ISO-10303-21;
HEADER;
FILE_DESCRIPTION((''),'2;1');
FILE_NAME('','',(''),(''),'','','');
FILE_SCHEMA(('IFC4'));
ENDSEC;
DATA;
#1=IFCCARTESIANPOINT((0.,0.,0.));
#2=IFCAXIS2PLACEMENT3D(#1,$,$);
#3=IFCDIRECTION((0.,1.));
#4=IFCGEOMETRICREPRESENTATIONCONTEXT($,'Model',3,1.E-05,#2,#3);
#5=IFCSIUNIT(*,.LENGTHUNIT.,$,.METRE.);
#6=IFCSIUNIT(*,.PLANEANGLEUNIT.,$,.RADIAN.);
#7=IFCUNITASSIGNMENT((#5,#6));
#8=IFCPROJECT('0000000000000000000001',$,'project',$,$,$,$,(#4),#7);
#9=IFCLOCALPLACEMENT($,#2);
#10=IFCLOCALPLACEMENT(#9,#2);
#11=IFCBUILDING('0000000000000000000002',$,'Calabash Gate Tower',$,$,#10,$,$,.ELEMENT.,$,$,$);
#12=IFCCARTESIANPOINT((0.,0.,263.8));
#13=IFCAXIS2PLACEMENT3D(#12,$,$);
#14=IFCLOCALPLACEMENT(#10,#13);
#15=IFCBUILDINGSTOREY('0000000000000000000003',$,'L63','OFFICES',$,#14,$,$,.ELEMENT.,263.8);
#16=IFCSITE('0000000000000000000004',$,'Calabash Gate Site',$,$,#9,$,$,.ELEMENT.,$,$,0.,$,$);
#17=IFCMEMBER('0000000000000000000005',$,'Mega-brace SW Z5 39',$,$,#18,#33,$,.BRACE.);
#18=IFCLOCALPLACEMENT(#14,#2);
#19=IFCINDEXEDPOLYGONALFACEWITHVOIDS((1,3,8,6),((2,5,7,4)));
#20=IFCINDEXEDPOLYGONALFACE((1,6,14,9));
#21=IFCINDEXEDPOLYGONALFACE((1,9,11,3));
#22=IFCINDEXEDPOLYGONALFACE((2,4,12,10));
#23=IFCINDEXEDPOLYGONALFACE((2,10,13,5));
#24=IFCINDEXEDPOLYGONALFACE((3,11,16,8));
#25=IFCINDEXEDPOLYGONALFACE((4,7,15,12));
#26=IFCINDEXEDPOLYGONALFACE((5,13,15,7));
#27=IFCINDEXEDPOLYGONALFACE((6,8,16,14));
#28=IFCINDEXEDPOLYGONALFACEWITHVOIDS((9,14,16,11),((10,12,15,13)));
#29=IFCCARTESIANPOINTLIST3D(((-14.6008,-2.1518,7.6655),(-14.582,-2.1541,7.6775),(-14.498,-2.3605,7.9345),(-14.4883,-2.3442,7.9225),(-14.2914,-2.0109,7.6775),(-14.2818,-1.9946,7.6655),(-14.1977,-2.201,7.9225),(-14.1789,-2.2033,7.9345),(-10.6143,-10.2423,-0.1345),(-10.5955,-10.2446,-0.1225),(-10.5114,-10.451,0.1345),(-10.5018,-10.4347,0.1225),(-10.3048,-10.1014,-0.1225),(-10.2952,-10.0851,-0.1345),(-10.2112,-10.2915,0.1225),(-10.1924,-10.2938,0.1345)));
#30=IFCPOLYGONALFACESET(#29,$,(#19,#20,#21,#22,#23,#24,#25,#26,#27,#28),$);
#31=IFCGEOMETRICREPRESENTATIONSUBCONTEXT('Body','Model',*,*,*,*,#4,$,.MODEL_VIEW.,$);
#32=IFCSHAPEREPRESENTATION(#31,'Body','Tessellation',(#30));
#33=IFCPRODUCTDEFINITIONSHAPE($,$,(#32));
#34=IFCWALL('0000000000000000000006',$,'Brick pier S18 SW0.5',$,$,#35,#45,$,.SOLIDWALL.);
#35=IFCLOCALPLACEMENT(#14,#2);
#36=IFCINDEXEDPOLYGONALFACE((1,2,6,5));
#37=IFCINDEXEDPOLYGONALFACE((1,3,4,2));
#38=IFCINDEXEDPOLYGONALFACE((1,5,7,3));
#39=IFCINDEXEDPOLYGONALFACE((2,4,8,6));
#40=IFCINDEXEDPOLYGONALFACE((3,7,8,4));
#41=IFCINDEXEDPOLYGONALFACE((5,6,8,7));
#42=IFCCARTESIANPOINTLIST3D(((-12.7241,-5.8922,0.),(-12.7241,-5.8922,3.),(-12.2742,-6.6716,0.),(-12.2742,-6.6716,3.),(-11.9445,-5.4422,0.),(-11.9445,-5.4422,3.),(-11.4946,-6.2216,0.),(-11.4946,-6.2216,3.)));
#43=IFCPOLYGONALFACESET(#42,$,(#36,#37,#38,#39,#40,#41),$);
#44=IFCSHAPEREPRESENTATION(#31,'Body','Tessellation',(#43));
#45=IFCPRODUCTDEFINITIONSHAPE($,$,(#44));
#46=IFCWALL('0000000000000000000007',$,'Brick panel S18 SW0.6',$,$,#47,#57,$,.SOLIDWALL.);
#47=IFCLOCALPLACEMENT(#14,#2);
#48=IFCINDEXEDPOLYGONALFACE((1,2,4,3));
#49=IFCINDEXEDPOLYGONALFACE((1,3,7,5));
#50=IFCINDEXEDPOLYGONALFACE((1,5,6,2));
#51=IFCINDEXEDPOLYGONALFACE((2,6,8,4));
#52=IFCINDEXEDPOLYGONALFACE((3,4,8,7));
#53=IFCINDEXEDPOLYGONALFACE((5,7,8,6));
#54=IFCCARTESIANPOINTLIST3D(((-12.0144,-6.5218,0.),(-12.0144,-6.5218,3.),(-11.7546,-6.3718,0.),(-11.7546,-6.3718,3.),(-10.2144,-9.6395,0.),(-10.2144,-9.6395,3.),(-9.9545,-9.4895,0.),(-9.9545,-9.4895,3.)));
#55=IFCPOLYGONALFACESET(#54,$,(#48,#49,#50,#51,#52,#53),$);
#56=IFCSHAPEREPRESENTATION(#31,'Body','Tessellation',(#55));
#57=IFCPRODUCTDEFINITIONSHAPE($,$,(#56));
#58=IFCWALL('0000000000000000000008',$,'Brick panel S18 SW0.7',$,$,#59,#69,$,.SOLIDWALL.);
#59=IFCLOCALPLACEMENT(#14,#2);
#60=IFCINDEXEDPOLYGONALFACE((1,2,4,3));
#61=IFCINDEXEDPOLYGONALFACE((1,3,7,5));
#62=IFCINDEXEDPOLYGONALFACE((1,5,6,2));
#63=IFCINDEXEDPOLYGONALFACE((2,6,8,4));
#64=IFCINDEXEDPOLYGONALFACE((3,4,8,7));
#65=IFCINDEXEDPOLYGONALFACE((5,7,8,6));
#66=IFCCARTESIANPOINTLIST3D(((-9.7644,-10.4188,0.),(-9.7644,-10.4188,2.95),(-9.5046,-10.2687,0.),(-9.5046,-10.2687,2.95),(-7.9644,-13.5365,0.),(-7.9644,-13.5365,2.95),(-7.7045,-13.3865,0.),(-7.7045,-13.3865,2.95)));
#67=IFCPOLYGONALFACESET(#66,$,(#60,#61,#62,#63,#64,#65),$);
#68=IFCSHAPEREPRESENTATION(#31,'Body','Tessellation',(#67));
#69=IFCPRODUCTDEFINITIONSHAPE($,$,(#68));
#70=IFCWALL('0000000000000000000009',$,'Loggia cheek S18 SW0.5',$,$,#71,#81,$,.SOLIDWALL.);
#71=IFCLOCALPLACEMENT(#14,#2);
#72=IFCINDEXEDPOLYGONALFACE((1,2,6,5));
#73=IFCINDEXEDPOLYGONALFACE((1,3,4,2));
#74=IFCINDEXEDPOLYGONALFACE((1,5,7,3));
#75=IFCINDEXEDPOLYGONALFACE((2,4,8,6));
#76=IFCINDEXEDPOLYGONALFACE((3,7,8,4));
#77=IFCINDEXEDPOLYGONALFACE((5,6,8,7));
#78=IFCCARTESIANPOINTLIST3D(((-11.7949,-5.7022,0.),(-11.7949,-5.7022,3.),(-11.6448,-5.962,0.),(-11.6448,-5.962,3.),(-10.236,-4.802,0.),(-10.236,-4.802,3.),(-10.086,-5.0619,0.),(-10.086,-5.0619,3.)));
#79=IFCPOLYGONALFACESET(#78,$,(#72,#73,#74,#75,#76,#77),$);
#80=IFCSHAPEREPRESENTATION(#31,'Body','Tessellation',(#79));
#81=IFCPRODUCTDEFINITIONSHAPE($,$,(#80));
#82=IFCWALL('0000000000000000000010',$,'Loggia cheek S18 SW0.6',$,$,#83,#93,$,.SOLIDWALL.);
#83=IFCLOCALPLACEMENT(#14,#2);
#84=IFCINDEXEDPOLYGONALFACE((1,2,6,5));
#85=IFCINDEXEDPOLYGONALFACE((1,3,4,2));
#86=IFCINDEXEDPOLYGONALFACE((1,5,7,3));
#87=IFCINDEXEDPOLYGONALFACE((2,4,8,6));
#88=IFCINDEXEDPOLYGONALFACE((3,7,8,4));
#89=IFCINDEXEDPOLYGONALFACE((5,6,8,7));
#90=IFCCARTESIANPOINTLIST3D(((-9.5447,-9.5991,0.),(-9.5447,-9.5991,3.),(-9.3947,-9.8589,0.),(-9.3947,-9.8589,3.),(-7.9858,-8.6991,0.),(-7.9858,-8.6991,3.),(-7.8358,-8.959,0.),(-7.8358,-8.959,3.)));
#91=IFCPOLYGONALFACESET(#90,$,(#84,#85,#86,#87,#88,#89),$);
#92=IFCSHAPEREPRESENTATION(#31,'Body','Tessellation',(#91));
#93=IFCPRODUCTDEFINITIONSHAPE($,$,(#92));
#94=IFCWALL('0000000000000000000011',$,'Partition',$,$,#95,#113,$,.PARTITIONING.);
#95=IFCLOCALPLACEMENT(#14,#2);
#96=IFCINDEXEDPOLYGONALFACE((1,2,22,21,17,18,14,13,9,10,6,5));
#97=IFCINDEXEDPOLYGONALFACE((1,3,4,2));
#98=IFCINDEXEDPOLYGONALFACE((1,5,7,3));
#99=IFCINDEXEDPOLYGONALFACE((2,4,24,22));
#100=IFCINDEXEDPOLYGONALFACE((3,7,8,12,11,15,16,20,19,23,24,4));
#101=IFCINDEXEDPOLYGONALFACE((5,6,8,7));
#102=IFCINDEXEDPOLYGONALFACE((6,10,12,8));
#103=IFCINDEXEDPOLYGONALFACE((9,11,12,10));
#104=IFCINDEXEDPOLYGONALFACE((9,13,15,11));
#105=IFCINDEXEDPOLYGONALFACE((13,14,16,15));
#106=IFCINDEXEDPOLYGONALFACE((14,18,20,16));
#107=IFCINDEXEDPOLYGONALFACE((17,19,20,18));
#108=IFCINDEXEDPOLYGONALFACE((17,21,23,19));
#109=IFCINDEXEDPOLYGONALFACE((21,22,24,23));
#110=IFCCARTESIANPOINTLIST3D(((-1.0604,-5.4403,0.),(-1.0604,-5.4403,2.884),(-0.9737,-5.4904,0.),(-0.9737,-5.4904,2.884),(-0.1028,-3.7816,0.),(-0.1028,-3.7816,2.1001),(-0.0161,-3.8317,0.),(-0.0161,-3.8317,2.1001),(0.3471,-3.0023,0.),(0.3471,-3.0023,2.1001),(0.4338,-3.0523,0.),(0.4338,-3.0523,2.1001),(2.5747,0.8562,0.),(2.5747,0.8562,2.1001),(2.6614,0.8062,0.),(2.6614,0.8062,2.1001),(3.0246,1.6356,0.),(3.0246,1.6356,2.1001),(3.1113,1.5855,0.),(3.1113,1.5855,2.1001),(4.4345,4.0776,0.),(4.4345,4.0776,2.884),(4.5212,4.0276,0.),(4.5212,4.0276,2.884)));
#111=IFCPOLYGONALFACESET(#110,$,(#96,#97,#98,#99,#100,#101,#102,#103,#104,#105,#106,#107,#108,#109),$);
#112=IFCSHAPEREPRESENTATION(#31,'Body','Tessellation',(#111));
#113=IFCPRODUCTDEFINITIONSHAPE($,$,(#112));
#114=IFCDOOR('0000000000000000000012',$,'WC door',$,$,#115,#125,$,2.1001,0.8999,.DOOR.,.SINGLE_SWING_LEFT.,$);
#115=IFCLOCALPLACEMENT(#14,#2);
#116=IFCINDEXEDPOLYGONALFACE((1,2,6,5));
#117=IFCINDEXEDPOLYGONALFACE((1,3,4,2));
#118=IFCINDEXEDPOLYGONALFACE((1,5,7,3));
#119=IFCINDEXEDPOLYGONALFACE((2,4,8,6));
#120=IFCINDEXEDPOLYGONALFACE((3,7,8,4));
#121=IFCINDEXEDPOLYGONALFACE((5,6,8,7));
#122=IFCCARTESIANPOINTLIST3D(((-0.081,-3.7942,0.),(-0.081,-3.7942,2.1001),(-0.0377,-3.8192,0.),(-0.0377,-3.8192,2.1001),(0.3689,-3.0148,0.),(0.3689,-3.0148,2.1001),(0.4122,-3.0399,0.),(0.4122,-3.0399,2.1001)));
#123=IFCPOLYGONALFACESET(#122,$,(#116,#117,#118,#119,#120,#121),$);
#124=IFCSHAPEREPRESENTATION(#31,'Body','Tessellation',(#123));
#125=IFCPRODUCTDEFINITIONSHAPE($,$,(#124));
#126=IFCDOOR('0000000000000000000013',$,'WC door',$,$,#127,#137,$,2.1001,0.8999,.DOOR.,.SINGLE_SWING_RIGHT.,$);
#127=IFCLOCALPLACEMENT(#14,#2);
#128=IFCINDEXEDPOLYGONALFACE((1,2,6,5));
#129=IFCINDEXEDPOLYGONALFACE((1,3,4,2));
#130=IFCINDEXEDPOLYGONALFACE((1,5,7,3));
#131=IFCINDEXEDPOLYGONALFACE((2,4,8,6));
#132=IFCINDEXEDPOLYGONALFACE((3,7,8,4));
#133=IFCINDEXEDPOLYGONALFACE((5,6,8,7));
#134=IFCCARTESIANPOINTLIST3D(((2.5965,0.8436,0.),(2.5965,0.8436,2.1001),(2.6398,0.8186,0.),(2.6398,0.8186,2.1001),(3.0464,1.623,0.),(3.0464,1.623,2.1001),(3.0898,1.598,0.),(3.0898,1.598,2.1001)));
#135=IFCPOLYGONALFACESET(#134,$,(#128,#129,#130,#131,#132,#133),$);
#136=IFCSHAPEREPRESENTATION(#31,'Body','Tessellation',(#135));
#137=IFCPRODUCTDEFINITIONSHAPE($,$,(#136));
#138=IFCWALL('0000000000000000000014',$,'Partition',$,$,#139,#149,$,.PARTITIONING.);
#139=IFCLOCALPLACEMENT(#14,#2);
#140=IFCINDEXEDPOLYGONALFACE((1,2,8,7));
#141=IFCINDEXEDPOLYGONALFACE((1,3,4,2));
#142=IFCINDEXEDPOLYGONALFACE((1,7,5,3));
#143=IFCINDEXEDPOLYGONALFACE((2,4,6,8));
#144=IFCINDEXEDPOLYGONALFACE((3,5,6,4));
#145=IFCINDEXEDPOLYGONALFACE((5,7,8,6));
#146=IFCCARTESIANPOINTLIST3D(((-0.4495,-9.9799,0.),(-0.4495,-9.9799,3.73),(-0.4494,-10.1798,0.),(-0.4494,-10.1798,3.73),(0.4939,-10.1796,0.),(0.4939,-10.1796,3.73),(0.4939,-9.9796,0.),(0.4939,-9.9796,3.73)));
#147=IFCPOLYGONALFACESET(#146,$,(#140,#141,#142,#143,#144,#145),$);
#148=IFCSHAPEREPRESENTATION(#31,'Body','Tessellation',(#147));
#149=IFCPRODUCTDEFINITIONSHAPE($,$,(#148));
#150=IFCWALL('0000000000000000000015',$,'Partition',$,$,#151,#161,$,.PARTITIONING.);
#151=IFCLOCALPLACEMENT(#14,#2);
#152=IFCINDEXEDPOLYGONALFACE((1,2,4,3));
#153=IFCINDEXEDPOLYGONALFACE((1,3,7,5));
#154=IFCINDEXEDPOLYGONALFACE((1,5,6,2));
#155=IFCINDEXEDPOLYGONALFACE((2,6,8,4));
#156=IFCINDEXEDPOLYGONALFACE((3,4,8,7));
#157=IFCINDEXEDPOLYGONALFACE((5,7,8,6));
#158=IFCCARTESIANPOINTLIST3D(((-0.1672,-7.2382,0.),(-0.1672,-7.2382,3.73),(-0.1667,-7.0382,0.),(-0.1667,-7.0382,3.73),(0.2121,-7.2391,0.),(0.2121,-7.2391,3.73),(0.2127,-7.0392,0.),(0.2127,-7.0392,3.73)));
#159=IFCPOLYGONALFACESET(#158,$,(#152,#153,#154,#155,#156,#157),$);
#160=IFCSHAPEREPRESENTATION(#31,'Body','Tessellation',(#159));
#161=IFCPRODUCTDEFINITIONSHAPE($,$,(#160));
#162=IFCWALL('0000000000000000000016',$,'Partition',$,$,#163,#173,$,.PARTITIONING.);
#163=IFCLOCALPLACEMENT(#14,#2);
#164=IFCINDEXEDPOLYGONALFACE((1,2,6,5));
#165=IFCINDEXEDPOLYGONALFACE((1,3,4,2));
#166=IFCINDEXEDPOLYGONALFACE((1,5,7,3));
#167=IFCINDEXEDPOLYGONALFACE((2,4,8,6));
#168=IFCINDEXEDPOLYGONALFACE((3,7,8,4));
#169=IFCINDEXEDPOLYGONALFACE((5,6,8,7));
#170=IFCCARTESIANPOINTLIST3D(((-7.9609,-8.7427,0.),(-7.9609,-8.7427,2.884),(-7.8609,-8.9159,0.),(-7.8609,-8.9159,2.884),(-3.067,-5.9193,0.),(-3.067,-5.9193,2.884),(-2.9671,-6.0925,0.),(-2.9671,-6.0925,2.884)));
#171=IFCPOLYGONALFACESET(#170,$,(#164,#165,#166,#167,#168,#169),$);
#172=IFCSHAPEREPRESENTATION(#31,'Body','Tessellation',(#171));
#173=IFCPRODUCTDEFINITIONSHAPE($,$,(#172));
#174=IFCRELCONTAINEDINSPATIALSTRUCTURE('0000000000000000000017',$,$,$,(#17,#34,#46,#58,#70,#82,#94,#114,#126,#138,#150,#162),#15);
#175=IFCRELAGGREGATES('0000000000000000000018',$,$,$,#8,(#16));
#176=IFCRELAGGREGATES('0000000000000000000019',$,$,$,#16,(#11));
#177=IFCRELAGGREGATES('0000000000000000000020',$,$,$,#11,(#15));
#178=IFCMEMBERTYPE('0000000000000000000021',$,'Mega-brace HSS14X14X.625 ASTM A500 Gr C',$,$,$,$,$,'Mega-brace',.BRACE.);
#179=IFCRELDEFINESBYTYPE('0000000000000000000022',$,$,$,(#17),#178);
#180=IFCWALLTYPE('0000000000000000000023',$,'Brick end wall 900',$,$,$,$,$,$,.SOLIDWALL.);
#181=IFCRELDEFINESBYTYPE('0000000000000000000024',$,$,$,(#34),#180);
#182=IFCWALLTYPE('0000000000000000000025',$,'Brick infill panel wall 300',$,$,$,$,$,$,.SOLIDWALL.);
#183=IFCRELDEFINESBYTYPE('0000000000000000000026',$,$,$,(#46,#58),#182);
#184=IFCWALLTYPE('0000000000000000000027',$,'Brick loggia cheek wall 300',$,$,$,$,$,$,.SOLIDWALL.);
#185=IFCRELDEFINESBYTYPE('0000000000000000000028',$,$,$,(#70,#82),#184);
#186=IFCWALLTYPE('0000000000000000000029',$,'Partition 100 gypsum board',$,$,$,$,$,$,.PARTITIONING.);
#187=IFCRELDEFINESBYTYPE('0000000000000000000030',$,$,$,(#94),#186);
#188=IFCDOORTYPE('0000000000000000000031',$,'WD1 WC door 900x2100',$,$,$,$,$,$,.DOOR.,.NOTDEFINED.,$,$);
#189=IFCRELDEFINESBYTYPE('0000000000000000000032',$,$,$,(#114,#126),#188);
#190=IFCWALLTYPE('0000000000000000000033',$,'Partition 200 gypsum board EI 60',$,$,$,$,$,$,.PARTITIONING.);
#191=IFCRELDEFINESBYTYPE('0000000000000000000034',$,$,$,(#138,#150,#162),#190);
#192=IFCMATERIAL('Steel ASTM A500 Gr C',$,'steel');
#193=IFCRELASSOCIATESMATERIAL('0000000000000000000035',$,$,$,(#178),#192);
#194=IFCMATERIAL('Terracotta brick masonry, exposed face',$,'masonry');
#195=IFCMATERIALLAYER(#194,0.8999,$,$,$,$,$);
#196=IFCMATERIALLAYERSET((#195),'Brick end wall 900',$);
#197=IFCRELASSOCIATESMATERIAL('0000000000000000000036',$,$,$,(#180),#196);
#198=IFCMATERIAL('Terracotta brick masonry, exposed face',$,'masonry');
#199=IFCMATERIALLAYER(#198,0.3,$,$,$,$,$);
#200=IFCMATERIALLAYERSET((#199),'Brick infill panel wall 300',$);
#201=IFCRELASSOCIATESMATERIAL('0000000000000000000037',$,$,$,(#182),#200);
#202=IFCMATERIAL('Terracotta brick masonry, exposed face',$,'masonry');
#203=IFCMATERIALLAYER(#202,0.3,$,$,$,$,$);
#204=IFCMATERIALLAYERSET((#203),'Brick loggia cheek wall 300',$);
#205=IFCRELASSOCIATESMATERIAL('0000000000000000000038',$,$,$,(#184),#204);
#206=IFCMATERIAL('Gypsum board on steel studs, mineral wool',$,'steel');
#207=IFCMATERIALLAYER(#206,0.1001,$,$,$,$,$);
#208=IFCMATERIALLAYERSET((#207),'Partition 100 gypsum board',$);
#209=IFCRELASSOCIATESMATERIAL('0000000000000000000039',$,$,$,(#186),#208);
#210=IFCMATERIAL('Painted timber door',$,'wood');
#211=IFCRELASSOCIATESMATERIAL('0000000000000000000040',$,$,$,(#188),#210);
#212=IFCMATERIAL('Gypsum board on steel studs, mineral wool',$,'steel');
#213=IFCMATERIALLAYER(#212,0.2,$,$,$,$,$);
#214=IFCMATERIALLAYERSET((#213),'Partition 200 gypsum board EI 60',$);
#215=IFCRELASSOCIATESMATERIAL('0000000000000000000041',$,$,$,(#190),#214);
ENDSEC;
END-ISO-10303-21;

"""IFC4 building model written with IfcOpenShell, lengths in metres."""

from ifc_helpers import new_model, si_unit, direction, frame, frame_2d, origin, origin_2d, place, context, subcontext, project, spatial, rectangle, hollow_rectangle, extrude, material, layer, layer_set, material_profile, profile_set, type_object, element, fill, save


model = new_model("IFC4")

# Units and contexts
model_context = context("Model", 3, precision=1e-05, world=origin(), true_north=direction((0.0, 1.0)))
body_context = subcontext(model_context, "Body", "Model", "MODEL_VIEW")
ifc_project = project(units=[si_unit("LENGTHUNIT", "METRE"), si_unit("PLANEANGLEUNIT", "RADIAN")], contexts=[model_context])

# Site, building, storey
site_placement = place(None, origin())
site = spatial("IfcSite", under=ifc_project, at=site_placement, Name="Calabash Gate Site", CompositionType="ELEMENT", RefElevation=0.0)
building_placement = place(site_placement, origin())
building = spatial("IfcBuilding", under=site, at=building_placement, Name="Calabash Gate Tower", CompositionType="ELEMENT")
storey_placement = place(building_placement, frame((0.0, 0.0, 263.8)))
storey = spatial("IfcBuildingStorey", under=building, at=storey_placement, Name="L63", Description="OFFICES", CompositionType="ELEMENT", Elevation=263.8)

# Member
ifc_material_1 = material(Name="Steel ASTM A500 Gr C", Category="steel")
ifc_material_profile_1 = material_profile(ifc_material_1, hollow_rectangle(XDim=0.3557, YDim=0.3557, WallThickness=0.0159, at=origin_2d()))
ifc_profile_set_1 = profile_set([ifc_material_profile_1], Name="Steel ASTM A500 Gr C")
member_type = type_object("IfcMemberType", Name="Mega-brace HSS14X14X.625 ASTM A500 Gr C", ElementType="Mega-brace", PredefinedType="BRACE", material=ifc_profile_set_1)
member_placement = place(storey_placement, frame((-10.4033, -10.2681, 0.0), z_axis=(-0.334321, 0.67849, 0.654126), x_axis=(-0.897016, -0.441998, 0.0)))
element("IfcMember", 1, at=member_placement, inside=storey, type_object=member_type, Name="Mega-brace SW Z5 39", PredefinedType="BRACE", context=body_context, shape_type="SweptSolid", body=[
    extrude(hollow_rectangle(XDim=0.3557, YDim=0.3557, WallThickness=0.0159, at=origin_2d()), origin(), (0.0, 0.0, 1.0), 11.9243),
])

# Walls
ifc_material_2 = material(Name="Terracotta brick masonry, exposed face", Category="masonry")
ifc_layer_1 = layer(ifc_material_2, 0.8999)
ifc_layer_set_1 = layer_set([ifc_layer_1], Name="Brick end wall 900")
wall_type_1 = type_object("IfcWallType", Name="Brick end wall 900", PredefinedType="SOLIDWALL", material=ifc_layer_set_1)
wall_1_placement = place(storey_placement, frame((-12.4993, -6.282, 0.0), z_axis=(0.0, 0.0, 1.0), x_axis=(0.866082, 0.499902, 0.0)))
element("IfcWall", 2, at=wall_1_placement, inside=storey, type_object=wall_type_1, Name="Brick pier S18 SW0.5", PredefinedType="SOLIDWALL", context=body_context, shape_type="SweptSolid", body=[
    extrude(rectangle(XDim=0.9001, YDim=0.8999, at=frame_2d((0.4502, 0.0))), origin(), (0.0, 0.0, 1.0), 3.0),
])
ifc_material_3 = material(Name="Terracotta brick masonry, exposed face", Category="masonry")
ifc_layer_2 = layer(ifc_material_3, 0.3)
ifc_layer_set_2 = layer_set([ifc_layer_2], Name="Brick infill panel wall 300")
wall_type_2 = type_object("IfcWallType", Name="Brick infill panel wall 300", PredefinedType="SOLIDWALL", material=ifc_layer_set_2)
wall_2_placement = place(storey_placement, frame((-11.8845, -6.4468, 0.0), z_axis=(0.0, 0.0, 1.0), x_axis=(0.500012, -0.866018, 0.0)))
element("IfcWall", 3, at=wall_2_placement, inside=storey, type_object=wall_type_2, Name="Brick panel S18 SW0.6", PredefinedType="SOLIDWALL", context=body_context, shape_type="SweptSolid", body=[
    extrude(rectangle(XDim=3.6001, YDim=0.3, at=frame_2d((1.8, 0.0))), origin(), (0.0, 0.0, 1.0), 3.0),
])
wall_3_placement = place(storey_placement, frame((-9.6345, -10.3438, 0.0), z_axis=(0.0, 0.0, 1.0), x_axis=(0.500012, -0.866018, 0.0)))
element("IfcWall", 4, at=wall_3_placement, inside=storey, type_object=wall_type_2, Name="Brick panel S18 SW0.7", PredefinedType="SOLIDWALL", context=body_context, shape_type="SweptSolid", body=[
    extrude(rectangle(XDim=3.6001, YDim=0.3, at=frame_2d((1.8, 0.0))), origin(), (0.0, 0.0, 1.0), 2.95),
])
ifc_material_4 = material(Name="Terracotta brick masonry, exposed face", Category="masonry")
ifc_layer_3 = layer(ifc_material_4, 0.3)
ifc_layer_set_3 = layer_set([ifc_layer_3], Name="Brick loggia cheek wall 300")
wall_type_3 = type_object("IfcWallType", Name="Brick loggia cheek wall 300", PredefinedType="SOLIDWALL", material=ifc_layer_set_3)
for number, where, z_axis, x_axis, name in (
    (5, (-11.7197, -5.832, 0.0), (0.0, 0.0, 1.0), (0.865989, 0.500063, 0.0), "Loggia cheek S18 SW0.5"),
    (6, (-7.9109, -8.8291, 0.0), (0.0, 0.0, 1.0), (-0.866048, -0.499961, 0.0), "Loggia cheek S18 SW0.6"),
):
    element("IfcWall", number, at=place(storey_placement, frame(where, z_axis=z_axis, x_axis=x_axis)), inside=storey, type_object=wall_type_3, Name=name, PredefinedType="SOLIDWALL", context=body_context, shape_type="SweptSolid", body=[
        extrude(rectangle(XDim=1.8, YDim=0.3, at=frame_2d((0.8999, 0.0))), origin(), (0.0, 0.0, 1.0), 3.0),
    ])

# Wall, openings, doors
ifc_material_5 = material(Name="Gypsum board on steel studs, mineral wool", Category="steel")
ifc_layer_4 = layer(ifc_material_5, 0.1001)
ifc_layer_set_4 = layer_set([ifc_layer_4], Name="Partition 100 gypsum board")
wall_type_4 = type_object("IfcWallType", Name="Partition 100 gypsum board", PredefinedType="PARTITIONING", material=ifc_layer_set_4)
wall_4_placement = place(storey_placement, frame((-1.0171, -5.4653, 0.0), z_axis=(0.0, 0.0, 1.0), x_axis=(0.499983, 0.866035, 0.0)))
wall_4 = element("IfcWall", 7, at=wall_4_placement, inside=storey, type_object=wall_type_4, Name="Partition", PredefinedType="PARTITIONING", context=body_context, shape_type="SweptSolid", body=[
    extrude(rectangle(XDim=10.9902, YDim=0.1001, at=frame_2d((5.4951, 0.0))), origin(), (0.0, 0.0, 1.0), 2.884),
])
opening_1_placement = place(wall_4_placement, frame((1.9153, 0.0, 0.0)))
opening_1 = element("IfcOpeningElement", 8, at=opening_1_placement, cuts=wall_4, PredefinedType="OPENING", context=body_context, shape_type="SweptSolid", body=[
    extrude(rectangle(XDim=0.8999, YDim=2.1001, at=frame_2d((0.45, 1.05))), frame((0.0, 0.0601, 0.0), z_axis=(0.0, -1.0, 0.0), x_axis=(1.0, 0.0, 0.0)), (0.0, 0.0, 1.0), 0.1201),
])
opening_2_placement = place(wall_4_placement, frame((7.2705, 0.0, 0.0)))
opening_2 = element("IfcOpeningElement", 9, at=opening_2_placement, cuts=wall_4, PredefinedType="OPENING", context=body_context, shape_type="SweptSolid", body=[
    extrude(rectangle(XDim=0.8999, YDim=2.1001, at=frame_2d((0.45, 1.05))), frame((0.0, 0.0601, 0.0), z_axis=(0.0, -1.0, 0.0), x_axis=(1.0, 0.0, 0.0)), (0.0, 0.0, 1.0), 0.1201),
])
ifc_material_6 = material(Name="Painted timber door", Category="wood")
door_type = type_object("IfcDoorType", Name="WD1 WC door 900x2100", OperationType="NOTDEFINED", PredefinedType="DOOR", material=ifc_material_6)
door_1_placement = place(opening_1_placement, origin())
door_1 = element("IfcDoor", 10, at=door_1_placement, inside=storey, type_object=door_type, Name="WC door", OperationType="SINGLE_SWING_LEFT", OverallHeight=2.1001, OverallWidth=0.8999, PredefinedType="DOOR", context=body_context, shape_type="SweptSolid", body=[
    extrude(rectangle(XDim=0.8999, YDim=2.1001, at=frame_2d((0.45, 1.05))), frame((0.0, 0.0249, 0.0), z_axis=(0.0, -1.0, 0.0), x_axis=(1.0, 0.0, 0.0)), (0.0, 0.0, 1.0), 0.05),
])
fill(opening_1, door_1)
door_2_placement = place(opening_2_placement, origin())
door_2 = element("IfcDoor", 11, at=door_2_placement, inside=storey, type_object=door_type, Name="WC door", OperationType="SINGLE_SWING_RIGHT", OverallHeight=2.1001, OverallWidth=0.8999, PredefinedType="DOOR", context=body_context, shape_type="SweptSolid", body=[
    extrude(rectangle(XDim=0.8999, YDim=2.1001, at=frame_2d((0.45, 1.05))), frame((0.0, 0.0249, 0.0), z_axis=(0.0, -1.0, 0.0), x_axis=(1.0, 0.0, 0.0)), (0.0, 0.0, 1.0), 0.05),
])
fill(opening_2, door_2)

# Walls
ifc_material_7 = material(Name="Gypsum board on steel studs, mineral wool", Category="steel")
ifc_layer_5 = layer(ifc_material_7, 0.2)
ifc_layer_set_5 = layer_set([ifc_layer_5], Name="Partition 200 gypsum board EI 60")
wall_type_5 = type_object("IfcWallType", Name="Partition 200 gypsum board EI 60", PredefinedType="PARTITIONING", material=ifc_layer_set_5)
wall_5_placement = place(storey_placement, frame((-0.4495, -10.0798, 0.0), z_axis=(0.0, 0.0, 1.0), x_axis=(1.0, 0.000259, 0.0)))
element("IfcWall", 12, at=wall_5_placement, inside=storey, type_object=wall_type_5, Name="Partition", PredefinedType="PARTITIONING", context=body_context, shape_type="SweptSolid", body=[
    extrude(rectangle(XDim=0.9434, YDim=0.2, at=frame_2d((0.4717, 0.0))), origin(), (0.0, 0.0, 1.0), 3.73),
])
wall_6_placement = place(storey_placement, frame((-0.167, -7.1382, 0.0), z_axis=(0.0, 0.0, 1.0), x_axis=(0.999997, -0.002574, 0.0)))
element("IfcWall", 13, at=wall_6_placement, inside=storey, type_object=wall_type_5, Name="Partition", PredefinedType="PARTITIONING", context=body_context, shape_type="SweptSolid", body=[
    extrude(rectangle(XDim=0.3794, YDim=0.2, at=frame_2d((0.1897, 0.0))), origin(), (0.0, 0.0, 1.0), 3.73),
])
wall_7_placement = place(storey_placement, frame((-7.9109, -8.8293, 0.0), z_axis=(0.0, 0.0, 1.0), x_axis=(0.866175, 0.499741, 0.0)))
element("IfcWall", 14, at=wall_7_placement, inside=storey, type_object=wall_type_5, Name="Partition", PredefinedType="PARTITIONING", context=body_context, shape_type="SweptSolid", body=[
    extrude(rectangle(XDim=5.6499, YDim=0.2, at=frame_2d((2.825, 0.0))), origin(), (0.0, 0.0, 1.0), 2.884),
])

save(model, "model.ifc")
